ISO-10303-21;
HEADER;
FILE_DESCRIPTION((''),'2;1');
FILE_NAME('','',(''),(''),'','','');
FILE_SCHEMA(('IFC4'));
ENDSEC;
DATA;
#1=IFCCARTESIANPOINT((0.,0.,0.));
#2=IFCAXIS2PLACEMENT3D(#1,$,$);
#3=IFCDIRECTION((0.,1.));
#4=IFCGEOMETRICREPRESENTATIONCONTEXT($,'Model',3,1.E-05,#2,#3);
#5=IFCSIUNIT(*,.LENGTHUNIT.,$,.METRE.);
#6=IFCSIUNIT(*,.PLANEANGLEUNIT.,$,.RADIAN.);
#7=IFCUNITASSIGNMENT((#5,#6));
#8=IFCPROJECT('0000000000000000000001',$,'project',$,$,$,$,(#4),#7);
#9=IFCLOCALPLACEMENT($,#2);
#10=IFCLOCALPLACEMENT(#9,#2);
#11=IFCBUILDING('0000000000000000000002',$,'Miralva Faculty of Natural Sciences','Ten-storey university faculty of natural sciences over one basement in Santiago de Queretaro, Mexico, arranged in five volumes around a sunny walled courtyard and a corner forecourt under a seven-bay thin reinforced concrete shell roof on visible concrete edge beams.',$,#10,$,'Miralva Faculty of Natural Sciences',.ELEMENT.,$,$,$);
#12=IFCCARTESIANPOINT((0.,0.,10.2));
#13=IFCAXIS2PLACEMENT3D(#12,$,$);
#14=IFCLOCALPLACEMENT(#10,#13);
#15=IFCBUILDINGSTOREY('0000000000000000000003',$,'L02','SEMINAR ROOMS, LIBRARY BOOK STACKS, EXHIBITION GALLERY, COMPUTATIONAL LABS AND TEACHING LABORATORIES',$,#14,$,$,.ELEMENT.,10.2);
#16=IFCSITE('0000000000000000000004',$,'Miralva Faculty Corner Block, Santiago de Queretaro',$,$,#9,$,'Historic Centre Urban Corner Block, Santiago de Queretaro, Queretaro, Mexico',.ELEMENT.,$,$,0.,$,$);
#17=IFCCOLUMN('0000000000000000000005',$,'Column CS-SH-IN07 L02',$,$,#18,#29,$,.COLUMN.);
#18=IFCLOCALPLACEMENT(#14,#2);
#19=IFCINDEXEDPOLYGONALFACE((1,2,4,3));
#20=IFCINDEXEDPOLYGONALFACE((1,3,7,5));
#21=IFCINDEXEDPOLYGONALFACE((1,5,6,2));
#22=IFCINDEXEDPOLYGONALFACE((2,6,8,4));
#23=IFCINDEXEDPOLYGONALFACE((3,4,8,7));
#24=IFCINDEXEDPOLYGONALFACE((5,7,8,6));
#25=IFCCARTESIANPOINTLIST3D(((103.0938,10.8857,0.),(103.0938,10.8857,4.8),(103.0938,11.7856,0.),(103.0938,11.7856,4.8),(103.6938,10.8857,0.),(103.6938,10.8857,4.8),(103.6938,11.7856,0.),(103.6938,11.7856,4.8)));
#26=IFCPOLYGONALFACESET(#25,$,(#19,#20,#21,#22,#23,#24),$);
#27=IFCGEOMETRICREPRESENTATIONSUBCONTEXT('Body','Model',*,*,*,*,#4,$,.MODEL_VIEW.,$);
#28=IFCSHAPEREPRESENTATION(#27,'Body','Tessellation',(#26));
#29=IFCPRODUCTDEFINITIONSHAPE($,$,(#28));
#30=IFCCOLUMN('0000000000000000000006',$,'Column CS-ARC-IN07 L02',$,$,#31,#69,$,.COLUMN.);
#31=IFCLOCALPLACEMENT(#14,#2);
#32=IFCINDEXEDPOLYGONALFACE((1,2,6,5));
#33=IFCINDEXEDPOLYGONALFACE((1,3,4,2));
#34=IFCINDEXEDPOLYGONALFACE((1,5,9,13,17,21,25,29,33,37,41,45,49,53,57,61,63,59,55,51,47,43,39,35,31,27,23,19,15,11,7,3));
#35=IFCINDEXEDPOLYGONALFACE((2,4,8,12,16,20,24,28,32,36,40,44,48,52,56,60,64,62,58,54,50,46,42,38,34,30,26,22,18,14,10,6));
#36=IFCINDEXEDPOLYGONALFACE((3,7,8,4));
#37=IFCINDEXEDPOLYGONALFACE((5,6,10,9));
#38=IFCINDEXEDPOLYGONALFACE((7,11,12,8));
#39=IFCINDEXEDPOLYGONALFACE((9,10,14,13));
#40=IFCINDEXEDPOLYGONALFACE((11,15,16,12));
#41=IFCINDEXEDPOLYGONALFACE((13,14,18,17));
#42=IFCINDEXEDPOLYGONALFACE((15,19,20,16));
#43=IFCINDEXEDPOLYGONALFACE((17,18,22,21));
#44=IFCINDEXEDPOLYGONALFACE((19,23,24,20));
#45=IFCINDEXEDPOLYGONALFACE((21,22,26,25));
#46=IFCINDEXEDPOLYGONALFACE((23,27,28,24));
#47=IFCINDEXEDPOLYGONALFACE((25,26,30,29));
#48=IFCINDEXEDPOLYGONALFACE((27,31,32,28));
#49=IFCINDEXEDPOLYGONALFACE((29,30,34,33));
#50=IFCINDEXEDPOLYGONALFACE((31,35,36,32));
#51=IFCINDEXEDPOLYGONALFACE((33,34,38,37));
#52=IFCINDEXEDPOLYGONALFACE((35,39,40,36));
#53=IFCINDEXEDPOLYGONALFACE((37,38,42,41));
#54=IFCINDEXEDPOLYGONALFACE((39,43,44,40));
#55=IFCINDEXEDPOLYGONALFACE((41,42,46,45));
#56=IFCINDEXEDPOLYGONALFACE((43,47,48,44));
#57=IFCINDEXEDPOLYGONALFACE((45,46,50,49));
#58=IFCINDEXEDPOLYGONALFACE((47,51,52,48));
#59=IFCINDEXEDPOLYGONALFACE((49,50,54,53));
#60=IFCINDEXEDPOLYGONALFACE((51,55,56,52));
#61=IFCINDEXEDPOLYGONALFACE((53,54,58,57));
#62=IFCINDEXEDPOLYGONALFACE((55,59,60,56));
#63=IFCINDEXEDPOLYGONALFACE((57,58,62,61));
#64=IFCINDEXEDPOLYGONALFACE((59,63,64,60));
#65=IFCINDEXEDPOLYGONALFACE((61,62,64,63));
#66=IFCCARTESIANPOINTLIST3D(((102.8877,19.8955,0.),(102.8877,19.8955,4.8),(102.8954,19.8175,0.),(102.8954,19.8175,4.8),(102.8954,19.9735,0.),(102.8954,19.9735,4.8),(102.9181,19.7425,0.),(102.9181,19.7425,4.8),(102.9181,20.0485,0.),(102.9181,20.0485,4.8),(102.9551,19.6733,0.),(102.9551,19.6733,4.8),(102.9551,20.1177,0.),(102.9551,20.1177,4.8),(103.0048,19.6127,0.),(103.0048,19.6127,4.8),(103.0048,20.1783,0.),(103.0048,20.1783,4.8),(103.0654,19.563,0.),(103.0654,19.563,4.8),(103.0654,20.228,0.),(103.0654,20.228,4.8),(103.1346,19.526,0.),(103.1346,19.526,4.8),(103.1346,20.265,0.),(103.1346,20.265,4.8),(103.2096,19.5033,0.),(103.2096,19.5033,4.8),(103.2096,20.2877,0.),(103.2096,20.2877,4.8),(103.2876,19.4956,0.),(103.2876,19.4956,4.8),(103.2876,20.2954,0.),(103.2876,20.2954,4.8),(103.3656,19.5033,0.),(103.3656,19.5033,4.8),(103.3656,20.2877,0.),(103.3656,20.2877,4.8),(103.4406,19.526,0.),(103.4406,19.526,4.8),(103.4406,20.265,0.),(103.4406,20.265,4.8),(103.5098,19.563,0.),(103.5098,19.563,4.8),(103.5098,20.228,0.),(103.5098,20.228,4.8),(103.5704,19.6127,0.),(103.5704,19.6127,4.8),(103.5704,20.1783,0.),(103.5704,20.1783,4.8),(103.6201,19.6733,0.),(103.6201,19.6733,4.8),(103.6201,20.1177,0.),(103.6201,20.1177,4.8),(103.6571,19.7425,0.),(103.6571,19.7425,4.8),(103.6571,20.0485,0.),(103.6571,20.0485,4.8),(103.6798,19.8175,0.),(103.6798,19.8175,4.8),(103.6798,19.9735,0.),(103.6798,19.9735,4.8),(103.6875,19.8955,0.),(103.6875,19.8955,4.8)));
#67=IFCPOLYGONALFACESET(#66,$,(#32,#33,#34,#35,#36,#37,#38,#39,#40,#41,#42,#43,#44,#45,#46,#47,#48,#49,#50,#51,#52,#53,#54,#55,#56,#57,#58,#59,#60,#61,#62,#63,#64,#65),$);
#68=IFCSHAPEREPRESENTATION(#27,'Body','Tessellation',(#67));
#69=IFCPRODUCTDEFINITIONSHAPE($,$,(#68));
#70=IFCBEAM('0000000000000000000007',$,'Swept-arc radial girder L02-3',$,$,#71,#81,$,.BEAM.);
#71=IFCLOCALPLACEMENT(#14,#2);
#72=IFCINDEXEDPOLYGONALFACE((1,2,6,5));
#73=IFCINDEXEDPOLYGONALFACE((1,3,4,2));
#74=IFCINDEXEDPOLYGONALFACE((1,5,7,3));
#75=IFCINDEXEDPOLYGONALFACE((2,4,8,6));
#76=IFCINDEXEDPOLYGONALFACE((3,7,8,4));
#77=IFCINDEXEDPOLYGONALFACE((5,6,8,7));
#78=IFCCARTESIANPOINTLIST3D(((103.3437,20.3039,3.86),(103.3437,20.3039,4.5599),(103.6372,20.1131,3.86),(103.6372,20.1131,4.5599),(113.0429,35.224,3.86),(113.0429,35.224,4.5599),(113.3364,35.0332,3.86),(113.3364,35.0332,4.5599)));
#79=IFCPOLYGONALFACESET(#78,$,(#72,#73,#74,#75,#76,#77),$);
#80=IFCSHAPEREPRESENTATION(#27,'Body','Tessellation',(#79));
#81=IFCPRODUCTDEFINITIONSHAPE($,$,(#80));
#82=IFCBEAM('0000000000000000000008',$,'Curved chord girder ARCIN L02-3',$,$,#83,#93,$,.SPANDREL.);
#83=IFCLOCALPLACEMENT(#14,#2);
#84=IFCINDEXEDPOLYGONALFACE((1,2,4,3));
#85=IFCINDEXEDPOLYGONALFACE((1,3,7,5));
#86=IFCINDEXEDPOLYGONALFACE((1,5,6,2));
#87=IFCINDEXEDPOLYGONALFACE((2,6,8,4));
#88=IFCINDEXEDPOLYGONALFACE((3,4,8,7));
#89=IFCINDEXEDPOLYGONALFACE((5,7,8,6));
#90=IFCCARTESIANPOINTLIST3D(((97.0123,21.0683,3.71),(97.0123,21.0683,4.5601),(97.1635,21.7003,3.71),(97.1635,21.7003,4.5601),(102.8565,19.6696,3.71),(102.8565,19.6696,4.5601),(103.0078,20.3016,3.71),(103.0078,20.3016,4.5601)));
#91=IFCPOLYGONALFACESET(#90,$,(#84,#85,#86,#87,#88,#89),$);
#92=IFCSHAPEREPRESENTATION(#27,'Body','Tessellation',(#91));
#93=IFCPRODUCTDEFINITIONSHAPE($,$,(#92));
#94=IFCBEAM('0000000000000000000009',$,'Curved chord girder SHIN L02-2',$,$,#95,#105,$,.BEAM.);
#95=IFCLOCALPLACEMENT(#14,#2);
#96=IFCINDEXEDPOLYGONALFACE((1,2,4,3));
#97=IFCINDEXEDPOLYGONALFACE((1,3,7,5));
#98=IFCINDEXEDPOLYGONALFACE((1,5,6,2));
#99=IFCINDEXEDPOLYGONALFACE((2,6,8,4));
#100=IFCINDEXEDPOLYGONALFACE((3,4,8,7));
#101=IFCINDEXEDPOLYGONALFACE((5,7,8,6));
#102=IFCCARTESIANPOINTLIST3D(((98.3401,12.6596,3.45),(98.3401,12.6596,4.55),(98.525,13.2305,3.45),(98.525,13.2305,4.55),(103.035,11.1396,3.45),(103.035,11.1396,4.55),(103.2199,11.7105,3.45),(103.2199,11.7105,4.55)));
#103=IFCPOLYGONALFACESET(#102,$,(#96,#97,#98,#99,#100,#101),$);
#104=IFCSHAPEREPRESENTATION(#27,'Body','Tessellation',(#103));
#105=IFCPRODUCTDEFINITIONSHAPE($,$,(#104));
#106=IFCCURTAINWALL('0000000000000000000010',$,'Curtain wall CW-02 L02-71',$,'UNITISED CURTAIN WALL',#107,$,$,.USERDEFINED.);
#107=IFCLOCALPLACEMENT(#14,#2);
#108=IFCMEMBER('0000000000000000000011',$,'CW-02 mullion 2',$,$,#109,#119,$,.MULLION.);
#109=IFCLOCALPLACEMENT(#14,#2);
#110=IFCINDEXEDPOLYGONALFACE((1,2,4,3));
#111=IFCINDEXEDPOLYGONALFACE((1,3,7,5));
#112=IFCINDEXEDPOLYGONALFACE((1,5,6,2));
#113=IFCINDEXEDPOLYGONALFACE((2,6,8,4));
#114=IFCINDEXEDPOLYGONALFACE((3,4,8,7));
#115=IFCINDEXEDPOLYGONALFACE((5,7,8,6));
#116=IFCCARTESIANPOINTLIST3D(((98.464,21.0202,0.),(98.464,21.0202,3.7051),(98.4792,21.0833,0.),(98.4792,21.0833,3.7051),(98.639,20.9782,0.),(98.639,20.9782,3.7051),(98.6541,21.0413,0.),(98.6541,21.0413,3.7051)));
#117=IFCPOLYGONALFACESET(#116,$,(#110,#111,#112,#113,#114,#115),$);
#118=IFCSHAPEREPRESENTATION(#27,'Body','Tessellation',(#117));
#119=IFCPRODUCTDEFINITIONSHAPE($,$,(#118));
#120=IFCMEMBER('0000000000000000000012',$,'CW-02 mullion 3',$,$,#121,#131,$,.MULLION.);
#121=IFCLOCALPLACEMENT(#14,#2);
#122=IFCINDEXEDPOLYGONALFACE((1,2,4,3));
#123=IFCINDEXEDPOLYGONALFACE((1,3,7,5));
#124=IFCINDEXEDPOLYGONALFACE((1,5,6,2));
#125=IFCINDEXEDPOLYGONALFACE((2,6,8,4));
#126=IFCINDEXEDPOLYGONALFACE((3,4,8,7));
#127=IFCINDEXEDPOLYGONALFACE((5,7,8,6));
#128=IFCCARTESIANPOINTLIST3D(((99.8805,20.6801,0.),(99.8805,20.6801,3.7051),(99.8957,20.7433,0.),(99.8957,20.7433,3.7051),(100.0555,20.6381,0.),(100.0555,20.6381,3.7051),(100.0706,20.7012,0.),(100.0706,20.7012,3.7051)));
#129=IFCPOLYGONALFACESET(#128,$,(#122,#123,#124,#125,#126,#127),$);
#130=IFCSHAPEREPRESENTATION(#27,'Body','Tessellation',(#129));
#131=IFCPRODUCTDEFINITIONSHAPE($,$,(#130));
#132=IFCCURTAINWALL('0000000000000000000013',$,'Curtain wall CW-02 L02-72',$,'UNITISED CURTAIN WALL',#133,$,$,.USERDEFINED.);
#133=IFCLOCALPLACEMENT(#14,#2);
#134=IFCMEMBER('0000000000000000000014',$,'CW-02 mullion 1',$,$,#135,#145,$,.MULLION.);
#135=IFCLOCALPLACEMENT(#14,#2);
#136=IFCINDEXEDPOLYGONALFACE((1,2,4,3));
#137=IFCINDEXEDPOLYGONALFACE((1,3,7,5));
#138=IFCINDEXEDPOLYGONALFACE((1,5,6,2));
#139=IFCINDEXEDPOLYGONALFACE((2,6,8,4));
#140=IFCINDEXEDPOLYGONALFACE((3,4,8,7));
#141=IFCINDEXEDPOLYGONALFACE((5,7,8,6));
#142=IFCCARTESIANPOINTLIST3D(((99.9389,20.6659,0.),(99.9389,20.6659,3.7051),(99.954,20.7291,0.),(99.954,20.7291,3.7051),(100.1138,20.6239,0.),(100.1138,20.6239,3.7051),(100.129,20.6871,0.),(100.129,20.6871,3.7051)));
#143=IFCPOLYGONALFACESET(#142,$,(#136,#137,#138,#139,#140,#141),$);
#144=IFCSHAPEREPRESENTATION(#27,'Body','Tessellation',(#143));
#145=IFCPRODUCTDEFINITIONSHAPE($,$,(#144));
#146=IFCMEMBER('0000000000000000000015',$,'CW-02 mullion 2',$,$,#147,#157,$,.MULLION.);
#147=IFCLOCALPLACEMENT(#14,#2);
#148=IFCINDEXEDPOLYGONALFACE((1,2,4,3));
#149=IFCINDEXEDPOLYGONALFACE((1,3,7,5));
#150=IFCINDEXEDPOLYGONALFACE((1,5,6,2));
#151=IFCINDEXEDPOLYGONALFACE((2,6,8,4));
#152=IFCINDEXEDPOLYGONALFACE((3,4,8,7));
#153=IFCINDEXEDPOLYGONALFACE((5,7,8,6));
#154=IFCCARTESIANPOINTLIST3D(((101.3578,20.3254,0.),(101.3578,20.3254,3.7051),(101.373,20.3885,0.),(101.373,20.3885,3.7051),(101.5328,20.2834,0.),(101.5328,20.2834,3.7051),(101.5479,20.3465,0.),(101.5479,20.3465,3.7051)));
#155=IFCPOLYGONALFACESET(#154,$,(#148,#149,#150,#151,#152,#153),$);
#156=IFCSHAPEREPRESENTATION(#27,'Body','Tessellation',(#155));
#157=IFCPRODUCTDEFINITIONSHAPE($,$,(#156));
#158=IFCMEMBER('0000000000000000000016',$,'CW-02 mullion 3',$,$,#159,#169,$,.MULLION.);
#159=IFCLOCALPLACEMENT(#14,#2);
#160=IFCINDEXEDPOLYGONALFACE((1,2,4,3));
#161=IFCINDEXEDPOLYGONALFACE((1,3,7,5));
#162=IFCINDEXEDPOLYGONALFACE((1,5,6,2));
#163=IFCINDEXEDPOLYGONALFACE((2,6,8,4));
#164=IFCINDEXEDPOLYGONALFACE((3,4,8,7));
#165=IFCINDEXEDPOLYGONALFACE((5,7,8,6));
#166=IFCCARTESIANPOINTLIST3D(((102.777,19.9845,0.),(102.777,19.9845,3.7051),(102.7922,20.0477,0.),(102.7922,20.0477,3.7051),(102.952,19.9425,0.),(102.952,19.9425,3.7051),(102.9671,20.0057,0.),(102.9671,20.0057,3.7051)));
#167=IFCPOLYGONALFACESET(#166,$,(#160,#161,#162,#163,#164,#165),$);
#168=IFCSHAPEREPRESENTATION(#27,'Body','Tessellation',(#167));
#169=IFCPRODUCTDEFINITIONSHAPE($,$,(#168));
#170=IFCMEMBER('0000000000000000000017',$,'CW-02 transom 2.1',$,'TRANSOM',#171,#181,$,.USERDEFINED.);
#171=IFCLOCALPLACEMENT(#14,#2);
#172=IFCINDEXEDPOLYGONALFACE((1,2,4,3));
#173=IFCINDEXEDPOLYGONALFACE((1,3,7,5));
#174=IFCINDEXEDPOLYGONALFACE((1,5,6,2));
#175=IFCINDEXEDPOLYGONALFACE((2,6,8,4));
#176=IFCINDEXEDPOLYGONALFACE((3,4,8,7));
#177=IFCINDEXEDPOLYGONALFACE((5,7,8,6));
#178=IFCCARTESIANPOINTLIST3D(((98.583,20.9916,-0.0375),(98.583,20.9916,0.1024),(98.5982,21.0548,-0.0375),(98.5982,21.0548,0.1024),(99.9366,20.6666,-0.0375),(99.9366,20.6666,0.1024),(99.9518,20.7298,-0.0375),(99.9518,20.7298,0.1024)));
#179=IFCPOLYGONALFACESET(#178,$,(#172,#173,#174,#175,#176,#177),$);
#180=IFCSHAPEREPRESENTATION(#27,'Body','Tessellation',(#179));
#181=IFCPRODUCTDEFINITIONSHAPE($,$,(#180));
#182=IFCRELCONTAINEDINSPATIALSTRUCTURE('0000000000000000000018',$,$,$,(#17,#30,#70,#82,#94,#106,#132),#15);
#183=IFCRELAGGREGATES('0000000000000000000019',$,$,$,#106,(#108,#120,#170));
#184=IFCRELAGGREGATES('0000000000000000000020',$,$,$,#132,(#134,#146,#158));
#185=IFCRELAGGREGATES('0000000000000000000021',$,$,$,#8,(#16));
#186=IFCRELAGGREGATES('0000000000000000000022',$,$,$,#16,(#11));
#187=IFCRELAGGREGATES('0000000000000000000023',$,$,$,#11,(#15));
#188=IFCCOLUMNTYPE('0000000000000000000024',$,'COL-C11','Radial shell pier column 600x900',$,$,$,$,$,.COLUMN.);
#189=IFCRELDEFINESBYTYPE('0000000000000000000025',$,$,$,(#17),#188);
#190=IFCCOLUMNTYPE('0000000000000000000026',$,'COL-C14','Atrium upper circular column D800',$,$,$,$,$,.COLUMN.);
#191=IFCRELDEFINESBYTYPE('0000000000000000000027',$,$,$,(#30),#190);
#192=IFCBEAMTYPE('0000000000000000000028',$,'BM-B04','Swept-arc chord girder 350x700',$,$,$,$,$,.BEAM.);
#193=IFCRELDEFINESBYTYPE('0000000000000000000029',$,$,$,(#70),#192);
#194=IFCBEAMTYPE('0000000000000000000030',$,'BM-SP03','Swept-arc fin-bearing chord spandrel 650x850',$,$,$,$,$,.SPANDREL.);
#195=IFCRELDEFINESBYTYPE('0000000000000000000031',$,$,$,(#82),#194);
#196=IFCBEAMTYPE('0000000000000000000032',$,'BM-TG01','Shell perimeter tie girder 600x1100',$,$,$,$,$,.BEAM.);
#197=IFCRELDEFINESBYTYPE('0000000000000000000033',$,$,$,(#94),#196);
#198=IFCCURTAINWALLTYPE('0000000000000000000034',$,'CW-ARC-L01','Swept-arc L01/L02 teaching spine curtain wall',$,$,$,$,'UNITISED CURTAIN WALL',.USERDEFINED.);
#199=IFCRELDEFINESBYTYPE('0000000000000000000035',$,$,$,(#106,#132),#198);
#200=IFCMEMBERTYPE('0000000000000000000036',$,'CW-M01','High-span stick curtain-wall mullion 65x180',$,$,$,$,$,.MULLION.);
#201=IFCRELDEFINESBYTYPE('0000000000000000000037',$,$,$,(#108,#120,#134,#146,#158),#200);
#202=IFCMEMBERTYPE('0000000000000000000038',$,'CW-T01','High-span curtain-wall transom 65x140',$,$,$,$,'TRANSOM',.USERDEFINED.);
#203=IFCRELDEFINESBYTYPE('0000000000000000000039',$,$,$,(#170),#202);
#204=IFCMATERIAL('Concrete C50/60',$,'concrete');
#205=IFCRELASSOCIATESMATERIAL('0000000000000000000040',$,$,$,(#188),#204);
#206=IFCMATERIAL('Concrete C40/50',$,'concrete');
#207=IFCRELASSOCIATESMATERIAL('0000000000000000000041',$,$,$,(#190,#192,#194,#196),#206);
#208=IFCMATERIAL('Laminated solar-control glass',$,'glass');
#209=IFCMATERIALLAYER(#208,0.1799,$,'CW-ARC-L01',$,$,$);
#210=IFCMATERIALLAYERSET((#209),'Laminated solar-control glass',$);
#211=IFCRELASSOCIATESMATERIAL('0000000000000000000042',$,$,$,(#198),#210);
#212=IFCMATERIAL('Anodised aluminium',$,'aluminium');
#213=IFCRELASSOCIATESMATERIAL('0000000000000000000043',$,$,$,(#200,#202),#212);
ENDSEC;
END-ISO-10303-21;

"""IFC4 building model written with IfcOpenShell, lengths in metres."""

from ifc_helpers import new_model, si_unit, direction, frame, origin, origin_2d, place, context, subcontext, project, spatial, rectangle, circle, extrude, material, layer, layer_set, material_profile, profile_set, type_object, element, aggregate, save


model = new_model("IFC4")

# Units and contexts
model_context = context("Model", 3, precision=1e-05, world=origin(), true_north=direction((0.0, 1.0)))
body_context = subcontext(model_context, "Body", "Model", "MODEL_VIEW")
ifc_project = project(units=[si_unit("LENGTHUNIT", "METRE"), si_unit("PLANEANGLEUNIT", "RADIAN")], contexts=[model_context])

# Site, building, storey
site_placement = place(None, origin())
site = spatial("IfcSite", under=ifc_project, at=site_placement, Name="Miralva Faculty Corner Block, Santiago de Queretaro", LongName="Historic Centre Urban Corner Block, Santiago de Queretaro, Queretaro, Mexico", CompositionType="ELEMENT", RefElevation=0.0)
building_placement = place(site_placement, origin())
building = spatial("IfcBuilding", under=site, at=building_placement, Name="Miralva Faculty of Natural Sciences", Description="Ten-storey university faculty of natural sciences over one basement in Santiago de Queretaro, Mexico, arranged in five volumes around a sunny walled courtyard and a corner forecourt under a seven-bay thin reinforced concrete shell roof on visible concrete edge beams.", LongName="Miralva Faculty of Natural Sciences", CompositionType="ELEMENT")
storey_placement = place(building_placement, frame((0.0, 0.0, 10.2)))
storey = spatial("IfcBuildingStorey", under=building, at=storey_placement, Name="L02", Description="SEMINAR ROOMS, LIBRARY BOOK STACKS, EXHIBITION GALLERY, COMPUTATIONAL LABS AND TEACHING LABORATORIES", CompositionType="ELEMENT", Elevation=10.2)

# Columns
ifc_material_1 = material(Name="Concrete C50/60", Category="concrete")
ifc_material_profile_1 = material_profile(ifc_material_1, rectangle(XDim=0.6001, YDim=0.8999, at=origin_2d()), Name="RC 600x900")
ifc_profile_set_1 = profile_set([ifc_material_profile_1], Name="Concrete C50/60")
column_type_1 = type_object("IfcColumnType", Name="COL-C11", Description="Radial shell pier column 600x900", PredefinedType="COLUMN", material=ifc_profile_set_1)
column_1_placement = place(storey_placement, frame((103.3938, 11.3357, 0.0), z_axis=(0.0, 0.0, 1.0), x_axis=(1.0, 0.0, 0.0)))
element("IfcColumn", 1, at=column_1_placement, inside=storey, type_object=column_type_1, Name="Column CS-SH-IN07 L02", PredefinedType="COLUMN", context=body_context, shape_type="SweptSolid", body=[
    extrude(rectangle(XDim=0.6001, YDim=0.8999, at=origin_2d()), origin(), (0.0, 0.0, 1.0), 4.8),
])
ifc_material_2 = material(Name="Concrete C40/50", Category="concrete")
ifc_material_profile_2 = material_profile(ifc_material_2, circle(Radius=0.3999, at=origin_2d()), Name="RC DIA 800")
ifc_profile_set_2 = profile_set([ifc_material_profile_2], Name="Concrete C40/50")
column_type_2 = type_object("IfcColumnType", Name="COL-C14", Description="Atrium upper circular column D800", PredefinedType="COLUMN", material=ifc_profile_set_2)
column_2_placement = place(storey_placement, frame((103.2876, 19.8955, 0.0), z_axis=(0.0, 0.0, 1.0), x_axis=(1.0, 0.0, 0.0)))
element("IfcColumn", 2, at=column_2_placement, inside=storey, type_object=column_type_2, Name="Column CS-ARC-IN07 L02", PredefinedType="COLUMN", context=body_context, shape_type="SweptSolid", body=[
    extrude(circle(Radius=0.3999, at=origin_2d()), origin(), (0.0, 0.0, 1.0), 4.8),
])

# Beams
ifc_material_profile_3 = material_profile(ifc_material_2, rectangle(XDim=0.3501, YDim=0.7, at=origin_2d()), Name="RC 350x700")
ifc_profile_set_3 = profile_set([ifc_material_profile_3], Name="Concrete C40/50")
beam_type_1 = type_object("IfcBeamType", Name="BM-B04", Description="Swept-arc chord girder 350x700", PredefinedType="BEAM", material=ifc_profile_set_3)
beam_1_placement = place(storey_placement, frame((103.4905, 20.2085, 4.21), z_axis=(0.545032, 0.838415, 0.0), x_axis=(-0.838415, 0.545032, 0.0)))
element("IfcBeam", 3, at=beam_1_placement, inside=storey, type_object=beam_type_1, Name="Swept-arc radial girder L02-3", PredefinedType="BEAM", context=body_context, shape_type="SweptSolid", body=[
    extrude(rectangle(XDim=0.3501, YDim=0.7, at=origin_2d()), origin(), (0.0, 0.0, 1.0), 17.7957),
])
ifc_material_profile_4 = material_profile(ifc_material_2, rectangle(XDim=0.6499, YDim=0.8501, at=origin_2d()), Name="RC 650x850")
ifc_profile_set_4 = profile_set([ifc_material_profile_4], Name="Concrete C40/50")
beam_type_2 = type_object("IfcBeamType", Name="BM-SP03", Description="Swept-arc fin-bearing chord spandrel 650x850", PredefinedType="SPANDREL", material=ifc_profile_set_4)
beam_2_placement = place(storey_placement, frame((102.9321, 19.9856, 4.135), z_axis=(-0.972536, 0.232754, 0.0), x_axis=(-0.232754, -0.972536, 0.0)))
element("IfcBeam", 4, at=beam_2_placement, inside=storey, type_object=beam_type_2, Name="Curved chord girder ARCIN L02-3", PredefinedType="SPANDREL", context=body_context, shape_type="SweptSolid", body=[
    extrude(rectangle(XDim=0.6499, YDim=0.8501, at=origin_2d()), origin(), (0.0, 0.0, 1.0), 6.0093),
])
ifc_material_profile_5 = material_profile(ifc_material_2, rectangle(XDim=0.6001, YDim=1.1001, at=origin_2d()), Name="RC 600x1100")
ifc_profile_set_5 = profile_set([ifc_material_profile_5], Name="Concrete C40/50")
beam_type_3 = type_object("IfcBeamType", Name="BM-TG01", Description="Shell perimeter tie girder 600x1100", PredefinedType="BEAM", material=ifc_profile_set_5)
beam_3_placement = place(storey_placement, frame((103.1274, 11.425, 4.0), z_axis=(-0.951379, 0.308023, 0.0), x_axis=(-0.308023, -0.951379, 0.0)))
element("IfcBeam", 5, at=beam_3_placement, inside=storey, type_object=beam_type_3, Name="Curved chord girder SHIN L02-2", PredefinedType="BEAM", context=body_context, shape_type="SweptSolid", body=[
    extrude(rectangle(XDim=0.6001, YDim=1.1001, at=origin_2d()), origin(), (0.0, 0.0, 1.0), 4.9348),
])

# Curtain walls, members
ifc_material_3 = material(Name="Laminated solar-control glass", Category="glass")
ifc_layer_1 = layer(ifc_material_3, 0.1799, Name="CW-ARC-L01")
ifc_layer_set_1 = layer_set([ifc_layer_1], Name="Laminated solar-control glass")
curtain_wall_type = type_object("IfcCurtainWallType", Name="CW-ARC-L01", Description="Swept-arc L01/L02 teaching spine curtain wall", ElementType="UNITISED CURTAIN WALL", PredefinedType="USERDEFINED", material=ifc_layer_set_1)
curtain_wall_1_placement = place(storey_placement, origin())
curtain_wall_1 = element("IfcCurtainWall", 6, at=curtain_wall_1_placement, inside=storey, type_object=curtain_wall_type, Name="Curtain wall CW-02 L02-71", ObjectType="UNITISED CURTAIN WALL", PredefinedType="USERDEFINED")
ifc_material_4 = material(Name="Anodised aluminium", Category="aluminium")
ifc_material_profile_6 = material_profile(ifc_material_4, rectangle(XDim=0.0649, YDim=0.1799, at=origin_2d()), Name="MULLION 65x180")
ifc_profile_set_6 = profile_set([ifc_material_profile_6], Name="Anodised aluminium")
member_type_1 = type_object("IfcMemberType", Name="CW-M01", Description="High-span stick curtain-wall mullion 65x180", PredefinedType="MULLION", material=ifc_profile_set_6)
member_1_placement = place(storey_placement, frame((98.5591, 21.0308, 0.0), z_axis=(0.0, 0.0, 1.0), x_axis=(0.233457, 0.972367, 0.0)))
member_1 = element("IfcMember", 7, at=member_1_placement, type_object=member_type_1, Name="CW-02 mullion 2", PredefinedType="MULLION", context=body_context, shape_type="SweptSolid", body=[
    extrude(rectangle(XDim=0.0649, YDim=0.1799, at=origin_2d()), origin(), (0.0, 0.0, 1.0), 3.7051),
])
member_2_placement = place(storey_placement, frame((99.9756, 20.6907, 0.0), z_axis=(0.0, 0.0, 1.0), x_axis=(0.233457, 0.972367, 0.0)))
member_2 = element("IfcMember", 8, at=member_2_placement, type_object=member_type_1, Name="CW-02 mullion 3", PredefinedType="MULLION", context=body_context, shape_type="SweptSolid", body=[
    extrude(rectangle(XDim=0.0649, YDim=0.1799, at=origin_2d()), origin(), (0.0, 0.0, 1.0), 3.7051),
])
curtain_wall_2_placement = place(storey_placement, origin())
curtain_wall_2 = element("IfcCurtainWall", 9, at=curtain_wall_2_placement, inside=storey, type_object=curtain_wall_type, Name="Curtain wall CW-02 L02-72", ObjectType="UNITISED CURTAIN WALL", PredefinedType="USERDEFINED")
member_3_placement = place(storey_placement, frame((100.0339, 20.6765, 0.0), z_axis=(0.0, 0.0, 1.0), x_axis=(0.233464, 0.972365, 0.0)))
member_3 = element("IfcMember", 10, at=member_3_placement, type_object=member_type_1, Name="CW-02 mullion 1", PredefinedType="MULLION", context=body_context, shape_type="SweptSolid", body=[
    extrude(rectangle(XDim=0.0649, YDim=0.1799, at=origin_2d()), origin(), (0.0, 0.0, 1.0), 3.7051),
])
member_4_placement = place(storey_placement, frame((101.4529, 20.3359, 0.0), z_axis=(0.0, 0.0, 1.0), x_axis=(0.233464, 0.972365, 0.0)))
member_4 = element("IfcMember", 11, at=member_4_placement, type_object=member_type_1, Name="CW-02 mullion 2", PredefinedType="MULLION", context=body_context, shape_type="SweptSolid", body=[
    extrude(rectangle(XDim=0.0649, YDim=0.1799, at=origin_2d()), origin(), (0.0, 0.0, 1.0), 3.7051),
])
member_5_placement = place(storey_placement, frame((102.8721, 19.9951, 0.0), z_axis=(0.0, 0.0, 1.0), x_axis=(0.233464, 0.972365, 0.0)))
member_5 = element("IfcMember", 12, at=member_5_placement, type_object=member_type_1, Name="CW-02 mullion 3", PredefinedType="MULLION", context=body_context, shape_type="SweptSolid", body=[
    extrude(rectangle(XDim=0.0649, YDim=0.1799, at=origin_2d()), origin(), (0.0, 0.0, 1.0), 3.7051),
])

# Member
ifc_material_profile_7 = material_profile(ifc_material_4, rectangle(XDim=0.0649, YDim=0.1399, at=origin_2d()), Name="TRANSOM 65x140")
ifc_profile_set_7 = profile_set([ifc_material_profile_7], Name="Anodised aluminium")
member_type_2 = type_object("IfcMemberType", Name="CW-T01", Description="High-span curtain-wall transom 65x140", ElementType="TRANSOM", PredefinedType="USERDEFINED", material=ifc_profile_set_7)
member_6_placement = place(storey_placement, frame((98.5906, 21.0232, 0.0325), z_axis=(0.97237, -0.233446, 0.0), x_axis=(0.233446, 0.97237, 0.0)))
member_6 = element("IfcMember", 13, at=member_6_placement, type_object=member_type_2, Name="CW-02 transom 2.1", ObjectType="TRANSOM", PredefinedType="USERDEFINED", context=body_context, shape_type="SweptSolid", body=[
    extrude(rectangle(XDim=0.0649, YDim=0.1399, at=origin_2d()), origin(), (0.0, 0.0, 1.0), 1.3921),
])

aggregate(curtain_wall_1, [member_1, member_2, member_6])
aggregate(curtain_wall_2, [member_3, member_4, member_5])

save(model, "model.ifc")
